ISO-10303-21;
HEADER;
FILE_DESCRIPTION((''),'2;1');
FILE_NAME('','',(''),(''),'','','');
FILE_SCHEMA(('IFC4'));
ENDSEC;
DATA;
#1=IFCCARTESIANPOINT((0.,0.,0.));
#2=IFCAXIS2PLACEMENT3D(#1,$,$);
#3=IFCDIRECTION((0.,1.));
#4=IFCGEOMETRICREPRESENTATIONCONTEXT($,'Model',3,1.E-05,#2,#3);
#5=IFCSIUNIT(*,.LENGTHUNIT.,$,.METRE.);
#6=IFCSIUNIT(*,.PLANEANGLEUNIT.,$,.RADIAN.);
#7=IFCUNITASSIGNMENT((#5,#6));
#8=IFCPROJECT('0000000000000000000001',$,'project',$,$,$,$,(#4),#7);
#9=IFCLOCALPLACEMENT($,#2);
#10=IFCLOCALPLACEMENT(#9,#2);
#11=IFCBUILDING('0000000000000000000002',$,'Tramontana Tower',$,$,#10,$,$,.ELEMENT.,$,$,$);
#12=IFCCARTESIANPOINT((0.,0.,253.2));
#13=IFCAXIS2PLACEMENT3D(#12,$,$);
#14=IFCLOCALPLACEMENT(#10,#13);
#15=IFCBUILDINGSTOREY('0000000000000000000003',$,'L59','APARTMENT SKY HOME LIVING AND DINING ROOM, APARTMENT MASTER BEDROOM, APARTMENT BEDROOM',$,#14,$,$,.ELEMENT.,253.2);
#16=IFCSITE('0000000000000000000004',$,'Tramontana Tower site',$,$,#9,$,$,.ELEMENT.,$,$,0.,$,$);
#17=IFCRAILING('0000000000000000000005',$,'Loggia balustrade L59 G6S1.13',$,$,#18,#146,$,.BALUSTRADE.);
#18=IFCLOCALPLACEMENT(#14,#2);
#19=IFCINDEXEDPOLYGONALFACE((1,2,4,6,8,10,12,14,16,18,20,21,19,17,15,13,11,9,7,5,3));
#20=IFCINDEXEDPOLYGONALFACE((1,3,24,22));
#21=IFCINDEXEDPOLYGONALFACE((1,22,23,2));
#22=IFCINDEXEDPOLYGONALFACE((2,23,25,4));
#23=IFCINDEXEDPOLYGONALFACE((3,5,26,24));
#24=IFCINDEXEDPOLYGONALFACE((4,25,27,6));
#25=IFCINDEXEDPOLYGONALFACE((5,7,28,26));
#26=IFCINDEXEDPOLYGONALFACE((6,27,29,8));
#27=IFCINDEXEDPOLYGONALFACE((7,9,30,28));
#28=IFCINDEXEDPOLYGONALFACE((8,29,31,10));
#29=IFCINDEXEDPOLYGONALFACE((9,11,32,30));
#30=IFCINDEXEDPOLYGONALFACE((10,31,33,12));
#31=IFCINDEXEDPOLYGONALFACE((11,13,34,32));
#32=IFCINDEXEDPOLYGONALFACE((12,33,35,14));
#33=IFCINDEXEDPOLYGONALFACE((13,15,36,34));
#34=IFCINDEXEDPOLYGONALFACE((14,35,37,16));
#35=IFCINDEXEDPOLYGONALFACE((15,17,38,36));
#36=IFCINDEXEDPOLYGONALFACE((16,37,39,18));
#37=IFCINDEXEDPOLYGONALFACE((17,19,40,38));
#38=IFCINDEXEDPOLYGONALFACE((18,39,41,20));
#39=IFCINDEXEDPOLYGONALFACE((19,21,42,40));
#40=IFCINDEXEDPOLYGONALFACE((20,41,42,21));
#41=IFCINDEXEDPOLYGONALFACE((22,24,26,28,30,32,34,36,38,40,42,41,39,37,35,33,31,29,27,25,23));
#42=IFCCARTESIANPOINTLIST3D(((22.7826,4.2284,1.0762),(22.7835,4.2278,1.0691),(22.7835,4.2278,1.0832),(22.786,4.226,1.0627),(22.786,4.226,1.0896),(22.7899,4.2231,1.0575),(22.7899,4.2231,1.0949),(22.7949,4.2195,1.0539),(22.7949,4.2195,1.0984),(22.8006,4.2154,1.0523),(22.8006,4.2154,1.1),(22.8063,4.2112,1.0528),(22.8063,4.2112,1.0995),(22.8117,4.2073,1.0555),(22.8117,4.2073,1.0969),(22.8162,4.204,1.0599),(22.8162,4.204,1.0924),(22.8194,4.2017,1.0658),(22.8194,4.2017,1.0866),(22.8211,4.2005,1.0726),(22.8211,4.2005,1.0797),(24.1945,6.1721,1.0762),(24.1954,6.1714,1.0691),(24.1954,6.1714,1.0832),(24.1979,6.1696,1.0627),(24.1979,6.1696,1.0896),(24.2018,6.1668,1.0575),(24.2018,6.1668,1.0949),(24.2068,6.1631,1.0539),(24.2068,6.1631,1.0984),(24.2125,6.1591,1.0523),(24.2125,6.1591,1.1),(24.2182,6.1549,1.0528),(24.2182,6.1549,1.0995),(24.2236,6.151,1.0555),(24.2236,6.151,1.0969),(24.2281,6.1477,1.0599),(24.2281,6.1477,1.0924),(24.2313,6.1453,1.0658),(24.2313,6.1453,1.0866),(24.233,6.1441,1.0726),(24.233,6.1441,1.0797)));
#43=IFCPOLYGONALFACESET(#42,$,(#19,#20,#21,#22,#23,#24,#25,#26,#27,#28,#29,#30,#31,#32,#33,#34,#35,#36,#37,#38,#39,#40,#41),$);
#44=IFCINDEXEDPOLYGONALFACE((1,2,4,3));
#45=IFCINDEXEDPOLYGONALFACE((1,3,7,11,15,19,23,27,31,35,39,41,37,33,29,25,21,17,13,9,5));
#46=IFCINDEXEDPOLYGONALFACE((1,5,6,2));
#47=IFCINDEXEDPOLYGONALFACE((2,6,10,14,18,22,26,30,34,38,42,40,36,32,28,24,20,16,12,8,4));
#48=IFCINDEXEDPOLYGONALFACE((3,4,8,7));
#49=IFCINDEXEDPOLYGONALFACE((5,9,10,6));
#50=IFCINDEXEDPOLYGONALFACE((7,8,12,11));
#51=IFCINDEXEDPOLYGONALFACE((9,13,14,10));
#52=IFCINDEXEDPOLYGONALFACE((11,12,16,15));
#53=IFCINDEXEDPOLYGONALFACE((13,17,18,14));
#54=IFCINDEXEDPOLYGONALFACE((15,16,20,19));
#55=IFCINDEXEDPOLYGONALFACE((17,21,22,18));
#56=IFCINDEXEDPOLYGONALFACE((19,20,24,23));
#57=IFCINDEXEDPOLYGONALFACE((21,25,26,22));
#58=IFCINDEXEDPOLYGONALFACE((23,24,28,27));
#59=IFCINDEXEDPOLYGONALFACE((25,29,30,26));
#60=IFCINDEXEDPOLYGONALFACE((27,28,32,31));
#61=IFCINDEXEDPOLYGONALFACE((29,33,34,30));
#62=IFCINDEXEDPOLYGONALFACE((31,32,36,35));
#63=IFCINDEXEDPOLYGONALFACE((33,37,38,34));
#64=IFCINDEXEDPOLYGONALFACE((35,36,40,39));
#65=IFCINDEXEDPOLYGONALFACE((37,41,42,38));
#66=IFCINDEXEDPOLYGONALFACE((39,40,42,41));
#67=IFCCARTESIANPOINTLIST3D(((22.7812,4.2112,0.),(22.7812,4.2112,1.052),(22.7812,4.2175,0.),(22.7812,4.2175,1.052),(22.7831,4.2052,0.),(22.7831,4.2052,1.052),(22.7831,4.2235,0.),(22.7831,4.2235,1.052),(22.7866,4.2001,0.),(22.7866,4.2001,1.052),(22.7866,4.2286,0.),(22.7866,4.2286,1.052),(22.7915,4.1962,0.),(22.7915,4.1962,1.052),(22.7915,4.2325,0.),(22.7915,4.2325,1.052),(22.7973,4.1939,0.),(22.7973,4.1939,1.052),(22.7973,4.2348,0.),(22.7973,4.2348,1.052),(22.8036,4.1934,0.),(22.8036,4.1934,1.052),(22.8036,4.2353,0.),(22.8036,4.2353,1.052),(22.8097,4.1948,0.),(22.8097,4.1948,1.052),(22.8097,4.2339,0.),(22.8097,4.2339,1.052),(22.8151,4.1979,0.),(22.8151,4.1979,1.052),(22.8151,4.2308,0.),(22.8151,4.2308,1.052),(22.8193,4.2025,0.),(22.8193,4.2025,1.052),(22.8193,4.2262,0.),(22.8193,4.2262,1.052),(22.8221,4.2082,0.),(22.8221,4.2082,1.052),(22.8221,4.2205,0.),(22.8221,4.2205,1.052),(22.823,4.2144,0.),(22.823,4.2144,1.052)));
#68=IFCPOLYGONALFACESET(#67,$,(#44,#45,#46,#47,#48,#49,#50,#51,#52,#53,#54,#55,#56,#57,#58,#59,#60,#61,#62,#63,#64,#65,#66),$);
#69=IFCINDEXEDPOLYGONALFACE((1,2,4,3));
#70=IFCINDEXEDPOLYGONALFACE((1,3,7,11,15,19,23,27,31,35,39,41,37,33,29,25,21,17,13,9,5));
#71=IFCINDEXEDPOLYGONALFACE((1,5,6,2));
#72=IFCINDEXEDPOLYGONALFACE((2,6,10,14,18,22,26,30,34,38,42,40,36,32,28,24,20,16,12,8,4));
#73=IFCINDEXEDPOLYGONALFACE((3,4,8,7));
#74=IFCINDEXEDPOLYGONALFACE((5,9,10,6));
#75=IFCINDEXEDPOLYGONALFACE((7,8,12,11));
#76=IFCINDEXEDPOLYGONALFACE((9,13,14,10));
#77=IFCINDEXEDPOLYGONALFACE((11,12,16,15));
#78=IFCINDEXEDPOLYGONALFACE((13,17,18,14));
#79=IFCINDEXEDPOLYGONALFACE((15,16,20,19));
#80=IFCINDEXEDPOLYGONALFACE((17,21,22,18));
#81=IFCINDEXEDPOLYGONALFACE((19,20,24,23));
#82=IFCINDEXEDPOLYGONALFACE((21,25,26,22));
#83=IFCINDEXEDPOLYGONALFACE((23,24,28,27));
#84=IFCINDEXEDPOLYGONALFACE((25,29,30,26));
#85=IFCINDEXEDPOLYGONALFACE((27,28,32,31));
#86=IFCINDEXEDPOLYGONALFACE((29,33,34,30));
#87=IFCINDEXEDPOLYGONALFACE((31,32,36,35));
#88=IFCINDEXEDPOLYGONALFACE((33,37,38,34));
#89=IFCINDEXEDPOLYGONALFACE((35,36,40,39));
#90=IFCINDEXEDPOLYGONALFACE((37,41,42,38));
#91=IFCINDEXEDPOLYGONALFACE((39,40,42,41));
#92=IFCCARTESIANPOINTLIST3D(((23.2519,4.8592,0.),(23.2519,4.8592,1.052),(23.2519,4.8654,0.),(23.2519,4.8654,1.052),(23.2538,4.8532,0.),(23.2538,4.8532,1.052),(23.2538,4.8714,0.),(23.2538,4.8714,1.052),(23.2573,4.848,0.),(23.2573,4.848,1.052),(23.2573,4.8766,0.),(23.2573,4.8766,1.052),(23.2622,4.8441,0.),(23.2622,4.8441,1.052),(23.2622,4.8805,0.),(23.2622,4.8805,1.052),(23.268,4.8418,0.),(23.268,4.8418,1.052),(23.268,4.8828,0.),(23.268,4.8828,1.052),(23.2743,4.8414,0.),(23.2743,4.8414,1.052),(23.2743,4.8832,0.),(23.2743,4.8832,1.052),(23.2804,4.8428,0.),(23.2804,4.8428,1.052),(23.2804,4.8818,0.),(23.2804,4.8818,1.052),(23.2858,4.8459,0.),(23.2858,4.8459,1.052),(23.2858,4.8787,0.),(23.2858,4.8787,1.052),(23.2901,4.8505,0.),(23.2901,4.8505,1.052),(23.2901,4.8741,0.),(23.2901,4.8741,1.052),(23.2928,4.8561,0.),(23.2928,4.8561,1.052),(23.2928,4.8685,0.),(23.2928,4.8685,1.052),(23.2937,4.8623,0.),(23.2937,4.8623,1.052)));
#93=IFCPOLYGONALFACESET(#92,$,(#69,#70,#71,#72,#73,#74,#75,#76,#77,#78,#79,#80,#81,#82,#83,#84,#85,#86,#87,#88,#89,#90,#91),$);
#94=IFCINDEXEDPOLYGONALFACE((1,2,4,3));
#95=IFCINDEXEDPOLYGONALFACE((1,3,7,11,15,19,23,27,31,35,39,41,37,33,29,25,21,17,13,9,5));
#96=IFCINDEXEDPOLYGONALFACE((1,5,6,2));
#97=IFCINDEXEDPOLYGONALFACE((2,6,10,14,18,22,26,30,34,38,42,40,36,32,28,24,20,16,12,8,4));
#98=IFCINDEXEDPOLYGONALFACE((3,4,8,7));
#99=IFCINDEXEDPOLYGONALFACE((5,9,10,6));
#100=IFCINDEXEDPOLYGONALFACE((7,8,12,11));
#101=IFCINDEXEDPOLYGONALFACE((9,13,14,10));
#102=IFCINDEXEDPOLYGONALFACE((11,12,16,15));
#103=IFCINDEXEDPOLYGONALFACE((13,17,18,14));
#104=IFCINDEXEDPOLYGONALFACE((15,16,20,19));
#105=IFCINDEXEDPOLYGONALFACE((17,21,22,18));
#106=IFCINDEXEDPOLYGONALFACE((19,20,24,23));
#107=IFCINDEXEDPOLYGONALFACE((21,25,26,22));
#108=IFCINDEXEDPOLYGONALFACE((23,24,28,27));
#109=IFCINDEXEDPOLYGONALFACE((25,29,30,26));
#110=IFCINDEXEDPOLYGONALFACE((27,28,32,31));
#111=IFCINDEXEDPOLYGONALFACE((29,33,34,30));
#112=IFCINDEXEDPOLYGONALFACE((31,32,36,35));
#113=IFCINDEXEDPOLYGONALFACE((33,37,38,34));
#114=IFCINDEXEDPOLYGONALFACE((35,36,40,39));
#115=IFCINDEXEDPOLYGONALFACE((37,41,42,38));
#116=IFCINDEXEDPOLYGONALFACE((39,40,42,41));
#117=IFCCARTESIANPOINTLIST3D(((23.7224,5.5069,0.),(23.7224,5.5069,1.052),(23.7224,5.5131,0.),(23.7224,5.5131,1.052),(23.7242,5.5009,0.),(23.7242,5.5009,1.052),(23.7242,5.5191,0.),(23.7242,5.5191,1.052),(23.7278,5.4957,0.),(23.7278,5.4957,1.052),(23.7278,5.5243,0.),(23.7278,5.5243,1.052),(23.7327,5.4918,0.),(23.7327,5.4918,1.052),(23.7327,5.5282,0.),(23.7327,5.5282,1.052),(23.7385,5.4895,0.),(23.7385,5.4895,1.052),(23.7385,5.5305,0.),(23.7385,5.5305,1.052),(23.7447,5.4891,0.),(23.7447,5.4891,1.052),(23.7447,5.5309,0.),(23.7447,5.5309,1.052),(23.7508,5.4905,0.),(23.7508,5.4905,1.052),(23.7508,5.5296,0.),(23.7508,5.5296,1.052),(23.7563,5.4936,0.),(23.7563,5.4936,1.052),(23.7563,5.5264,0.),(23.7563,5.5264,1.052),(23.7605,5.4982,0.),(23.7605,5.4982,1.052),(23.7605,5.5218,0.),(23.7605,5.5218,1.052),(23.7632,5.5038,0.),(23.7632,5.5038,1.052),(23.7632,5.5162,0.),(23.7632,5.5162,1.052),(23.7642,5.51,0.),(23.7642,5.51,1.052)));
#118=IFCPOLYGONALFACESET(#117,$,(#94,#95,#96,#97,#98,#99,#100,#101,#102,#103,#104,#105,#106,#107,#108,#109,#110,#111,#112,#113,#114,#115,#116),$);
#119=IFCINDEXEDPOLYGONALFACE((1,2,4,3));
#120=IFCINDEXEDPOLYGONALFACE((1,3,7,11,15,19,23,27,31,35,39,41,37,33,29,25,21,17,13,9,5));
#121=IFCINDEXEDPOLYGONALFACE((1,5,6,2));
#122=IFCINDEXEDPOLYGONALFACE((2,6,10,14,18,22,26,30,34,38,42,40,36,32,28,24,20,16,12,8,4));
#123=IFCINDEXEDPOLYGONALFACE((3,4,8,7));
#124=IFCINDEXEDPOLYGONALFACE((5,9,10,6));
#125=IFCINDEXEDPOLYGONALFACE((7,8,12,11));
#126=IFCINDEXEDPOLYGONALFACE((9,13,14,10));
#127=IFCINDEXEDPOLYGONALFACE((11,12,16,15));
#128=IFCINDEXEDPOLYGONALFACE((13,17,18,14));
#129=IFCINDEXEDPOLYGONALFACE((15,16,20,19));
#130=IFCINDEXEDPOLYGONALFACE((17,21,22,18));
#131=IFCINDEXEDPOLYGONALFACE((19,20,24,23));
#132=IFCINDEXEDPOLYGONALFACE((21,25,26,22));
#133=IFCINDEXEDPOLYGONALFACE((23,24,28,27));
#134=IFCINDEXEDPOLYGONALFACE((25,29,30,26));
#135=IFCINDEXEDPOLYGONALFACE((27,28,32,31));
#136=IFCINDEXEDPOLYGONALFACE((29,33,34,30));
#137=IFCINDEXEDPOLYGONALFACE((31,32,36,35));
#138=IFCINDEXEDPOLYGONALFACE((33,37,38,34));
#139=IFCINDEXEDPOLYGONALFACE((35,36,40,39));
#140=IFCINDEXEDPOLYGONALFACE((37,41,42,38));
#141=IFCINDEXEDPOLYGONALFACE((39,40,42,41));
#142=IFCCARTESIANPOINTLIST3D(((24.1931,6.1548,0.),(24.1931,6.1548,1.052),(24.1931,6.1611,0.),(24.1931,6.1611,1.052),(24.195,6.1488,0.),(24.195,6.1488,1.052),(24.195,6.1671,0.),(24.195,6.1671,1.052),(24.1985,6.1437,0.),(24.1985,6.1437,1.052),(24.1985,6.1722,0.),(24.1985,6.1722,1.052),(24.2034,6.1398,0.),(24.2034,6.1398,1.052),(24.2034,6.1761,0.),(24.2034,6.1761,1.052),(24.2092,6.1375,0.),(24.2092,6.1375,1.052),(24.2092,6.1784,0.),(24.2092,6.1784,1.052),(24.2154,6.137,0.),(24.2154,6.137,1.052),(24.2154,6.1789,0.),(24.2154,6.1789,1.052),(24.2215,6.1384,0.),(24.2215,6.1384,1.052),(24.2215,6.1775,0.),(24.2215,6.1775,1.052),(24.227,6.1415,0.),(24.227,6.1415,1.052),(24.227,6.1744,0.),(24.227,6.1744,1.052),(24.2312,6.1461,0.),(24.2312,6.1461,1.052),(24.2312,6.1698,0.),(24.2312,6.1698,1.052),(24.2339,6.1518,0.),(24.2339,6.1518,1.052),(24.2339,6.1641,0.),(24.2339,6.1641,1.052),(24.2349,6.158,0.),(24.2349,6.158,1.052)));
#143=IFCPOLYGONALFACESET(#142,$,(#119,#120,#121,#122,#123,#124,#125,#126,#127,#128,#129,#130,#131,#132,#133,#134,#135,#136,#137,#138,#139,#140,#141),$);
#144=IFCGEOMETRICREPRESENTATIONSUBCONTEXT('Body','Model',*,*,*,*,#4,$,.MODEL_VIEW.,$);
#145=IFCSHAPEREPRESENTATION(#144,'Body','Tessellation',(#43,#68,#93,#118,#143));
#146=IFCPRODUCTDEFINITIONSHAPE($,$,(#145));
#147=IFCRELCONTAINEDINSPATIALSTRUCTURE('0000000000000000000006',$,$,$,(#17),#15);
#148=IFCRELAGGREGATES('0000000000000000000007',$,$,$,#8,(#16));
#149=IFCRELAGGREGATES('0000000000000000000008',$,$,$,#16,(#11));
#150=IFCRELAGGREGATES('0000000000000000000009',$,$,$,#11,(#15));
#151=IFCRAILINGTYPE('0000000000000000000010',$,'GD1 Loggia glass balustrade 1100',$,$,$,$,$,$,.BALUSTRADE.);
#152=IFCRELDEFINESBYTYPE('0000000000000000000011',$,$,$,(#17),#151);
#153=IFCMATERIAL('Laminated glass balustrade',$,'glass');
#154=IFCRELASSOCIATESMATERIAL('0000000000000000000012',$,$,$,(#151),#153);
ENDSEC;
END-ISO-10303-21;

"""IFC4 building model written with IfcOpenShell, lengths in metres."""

from ifc_helpers import new_model, si_unit, direction, frame, origin, origin_2d, place, context, subcontext, project, spatial, circle, extrude, material, type_object, element, save


model = new_model("IFC4")

# Units and contexts
model_context = context("Model", 3, precision=1e-05, world=origin(), true_north=direction((0.0, 1.0)))
body_context = subcontext(model_context, "Body", "Model", "MODEL_VIEW")
ifc_project = project(units=[si_unit("LENGTHUNIT", "METRE"), si_unit("PLANEANGLEUNIT", "RADIAN")], contexts=[model_context])

# Site, building, storey
site_placement = place(None, origin())
site = spatial("IfcSite", under=ifc_project, at=site_placement, Name="Tramontana Tower site", CompositionType="ELEMENT", RefElevation=0.0)
building_placement = place(site_placement, origin())
building = spatial("IfcBuilding", under=site, at=building_placement, Name="Tramontana Tower", CompositionType="ELEMENT")
storey_placement = place(building_placement, frame((0.0, 0.0, 253.2)))
storey = spatial("IfcBuildingStorey", under=building, at=storey_placement, Name="L59", Description="APARTMENT SKY HOME LIVING AND DINING ROOM, APARTMENT MASTER BEDROOM, APARTMENT BEDROOM", CompositionType="ELEMENT", Elevation=253.2)

# Railing
ifc_material_1 = material(Name="Laminated glass balustrade", Category="glass")
railing_type = type_object("IfcRailingType", Name="GD1 Loggia glass balustrade 1100", PredefinedType="BALUSTRADE", material=ifc_material_1)
railing_1_placement = place(storey_placement, frame((22.802, 4.2144, 0.0)))
element("IfcRailing", 1, at=railing_1_placement, inside=storey, type_object=railing_type, Name="Loggia balustrade L59 G6S1.13", PredefinedType="BALUSTRADE", context=body_context, shape_type="SweptSolid", body=[
    extrude(circle(Radius=0.0239, at=origin_2d()), frame((0.0, 0.0, 1.0762), z_axis=(0.587718, 0.809066, 0.0), x_axis=(-0.809066, 0.587718, 0.0)), (0.0, 0.0, 1.0), 2.4023),
    extrude(circle(Radius=0.021, at=origin_2d()), origin(), (0.0, 0.0, 1.0), 1.052),
    extrude(circle(Radius=0.021, at=origin_2d()), frame((0.4707, 0.6479, 0.0)), (0.0, 0.0, 1.0), 1.052),
    extrude(circle(Radius=0.021, at=origin_2d()), frame((0.9412, 1.2957, 0.0)), (0.0, 0.0, 1.0), 1.052),
    extrude(circle(Radius=0.021, at=origin_2d()), frame((1.4119, 1.9436, 0.0)), (0.0, 0.0, 1.0), 1.052),
])

save(model, "model.ifc")
